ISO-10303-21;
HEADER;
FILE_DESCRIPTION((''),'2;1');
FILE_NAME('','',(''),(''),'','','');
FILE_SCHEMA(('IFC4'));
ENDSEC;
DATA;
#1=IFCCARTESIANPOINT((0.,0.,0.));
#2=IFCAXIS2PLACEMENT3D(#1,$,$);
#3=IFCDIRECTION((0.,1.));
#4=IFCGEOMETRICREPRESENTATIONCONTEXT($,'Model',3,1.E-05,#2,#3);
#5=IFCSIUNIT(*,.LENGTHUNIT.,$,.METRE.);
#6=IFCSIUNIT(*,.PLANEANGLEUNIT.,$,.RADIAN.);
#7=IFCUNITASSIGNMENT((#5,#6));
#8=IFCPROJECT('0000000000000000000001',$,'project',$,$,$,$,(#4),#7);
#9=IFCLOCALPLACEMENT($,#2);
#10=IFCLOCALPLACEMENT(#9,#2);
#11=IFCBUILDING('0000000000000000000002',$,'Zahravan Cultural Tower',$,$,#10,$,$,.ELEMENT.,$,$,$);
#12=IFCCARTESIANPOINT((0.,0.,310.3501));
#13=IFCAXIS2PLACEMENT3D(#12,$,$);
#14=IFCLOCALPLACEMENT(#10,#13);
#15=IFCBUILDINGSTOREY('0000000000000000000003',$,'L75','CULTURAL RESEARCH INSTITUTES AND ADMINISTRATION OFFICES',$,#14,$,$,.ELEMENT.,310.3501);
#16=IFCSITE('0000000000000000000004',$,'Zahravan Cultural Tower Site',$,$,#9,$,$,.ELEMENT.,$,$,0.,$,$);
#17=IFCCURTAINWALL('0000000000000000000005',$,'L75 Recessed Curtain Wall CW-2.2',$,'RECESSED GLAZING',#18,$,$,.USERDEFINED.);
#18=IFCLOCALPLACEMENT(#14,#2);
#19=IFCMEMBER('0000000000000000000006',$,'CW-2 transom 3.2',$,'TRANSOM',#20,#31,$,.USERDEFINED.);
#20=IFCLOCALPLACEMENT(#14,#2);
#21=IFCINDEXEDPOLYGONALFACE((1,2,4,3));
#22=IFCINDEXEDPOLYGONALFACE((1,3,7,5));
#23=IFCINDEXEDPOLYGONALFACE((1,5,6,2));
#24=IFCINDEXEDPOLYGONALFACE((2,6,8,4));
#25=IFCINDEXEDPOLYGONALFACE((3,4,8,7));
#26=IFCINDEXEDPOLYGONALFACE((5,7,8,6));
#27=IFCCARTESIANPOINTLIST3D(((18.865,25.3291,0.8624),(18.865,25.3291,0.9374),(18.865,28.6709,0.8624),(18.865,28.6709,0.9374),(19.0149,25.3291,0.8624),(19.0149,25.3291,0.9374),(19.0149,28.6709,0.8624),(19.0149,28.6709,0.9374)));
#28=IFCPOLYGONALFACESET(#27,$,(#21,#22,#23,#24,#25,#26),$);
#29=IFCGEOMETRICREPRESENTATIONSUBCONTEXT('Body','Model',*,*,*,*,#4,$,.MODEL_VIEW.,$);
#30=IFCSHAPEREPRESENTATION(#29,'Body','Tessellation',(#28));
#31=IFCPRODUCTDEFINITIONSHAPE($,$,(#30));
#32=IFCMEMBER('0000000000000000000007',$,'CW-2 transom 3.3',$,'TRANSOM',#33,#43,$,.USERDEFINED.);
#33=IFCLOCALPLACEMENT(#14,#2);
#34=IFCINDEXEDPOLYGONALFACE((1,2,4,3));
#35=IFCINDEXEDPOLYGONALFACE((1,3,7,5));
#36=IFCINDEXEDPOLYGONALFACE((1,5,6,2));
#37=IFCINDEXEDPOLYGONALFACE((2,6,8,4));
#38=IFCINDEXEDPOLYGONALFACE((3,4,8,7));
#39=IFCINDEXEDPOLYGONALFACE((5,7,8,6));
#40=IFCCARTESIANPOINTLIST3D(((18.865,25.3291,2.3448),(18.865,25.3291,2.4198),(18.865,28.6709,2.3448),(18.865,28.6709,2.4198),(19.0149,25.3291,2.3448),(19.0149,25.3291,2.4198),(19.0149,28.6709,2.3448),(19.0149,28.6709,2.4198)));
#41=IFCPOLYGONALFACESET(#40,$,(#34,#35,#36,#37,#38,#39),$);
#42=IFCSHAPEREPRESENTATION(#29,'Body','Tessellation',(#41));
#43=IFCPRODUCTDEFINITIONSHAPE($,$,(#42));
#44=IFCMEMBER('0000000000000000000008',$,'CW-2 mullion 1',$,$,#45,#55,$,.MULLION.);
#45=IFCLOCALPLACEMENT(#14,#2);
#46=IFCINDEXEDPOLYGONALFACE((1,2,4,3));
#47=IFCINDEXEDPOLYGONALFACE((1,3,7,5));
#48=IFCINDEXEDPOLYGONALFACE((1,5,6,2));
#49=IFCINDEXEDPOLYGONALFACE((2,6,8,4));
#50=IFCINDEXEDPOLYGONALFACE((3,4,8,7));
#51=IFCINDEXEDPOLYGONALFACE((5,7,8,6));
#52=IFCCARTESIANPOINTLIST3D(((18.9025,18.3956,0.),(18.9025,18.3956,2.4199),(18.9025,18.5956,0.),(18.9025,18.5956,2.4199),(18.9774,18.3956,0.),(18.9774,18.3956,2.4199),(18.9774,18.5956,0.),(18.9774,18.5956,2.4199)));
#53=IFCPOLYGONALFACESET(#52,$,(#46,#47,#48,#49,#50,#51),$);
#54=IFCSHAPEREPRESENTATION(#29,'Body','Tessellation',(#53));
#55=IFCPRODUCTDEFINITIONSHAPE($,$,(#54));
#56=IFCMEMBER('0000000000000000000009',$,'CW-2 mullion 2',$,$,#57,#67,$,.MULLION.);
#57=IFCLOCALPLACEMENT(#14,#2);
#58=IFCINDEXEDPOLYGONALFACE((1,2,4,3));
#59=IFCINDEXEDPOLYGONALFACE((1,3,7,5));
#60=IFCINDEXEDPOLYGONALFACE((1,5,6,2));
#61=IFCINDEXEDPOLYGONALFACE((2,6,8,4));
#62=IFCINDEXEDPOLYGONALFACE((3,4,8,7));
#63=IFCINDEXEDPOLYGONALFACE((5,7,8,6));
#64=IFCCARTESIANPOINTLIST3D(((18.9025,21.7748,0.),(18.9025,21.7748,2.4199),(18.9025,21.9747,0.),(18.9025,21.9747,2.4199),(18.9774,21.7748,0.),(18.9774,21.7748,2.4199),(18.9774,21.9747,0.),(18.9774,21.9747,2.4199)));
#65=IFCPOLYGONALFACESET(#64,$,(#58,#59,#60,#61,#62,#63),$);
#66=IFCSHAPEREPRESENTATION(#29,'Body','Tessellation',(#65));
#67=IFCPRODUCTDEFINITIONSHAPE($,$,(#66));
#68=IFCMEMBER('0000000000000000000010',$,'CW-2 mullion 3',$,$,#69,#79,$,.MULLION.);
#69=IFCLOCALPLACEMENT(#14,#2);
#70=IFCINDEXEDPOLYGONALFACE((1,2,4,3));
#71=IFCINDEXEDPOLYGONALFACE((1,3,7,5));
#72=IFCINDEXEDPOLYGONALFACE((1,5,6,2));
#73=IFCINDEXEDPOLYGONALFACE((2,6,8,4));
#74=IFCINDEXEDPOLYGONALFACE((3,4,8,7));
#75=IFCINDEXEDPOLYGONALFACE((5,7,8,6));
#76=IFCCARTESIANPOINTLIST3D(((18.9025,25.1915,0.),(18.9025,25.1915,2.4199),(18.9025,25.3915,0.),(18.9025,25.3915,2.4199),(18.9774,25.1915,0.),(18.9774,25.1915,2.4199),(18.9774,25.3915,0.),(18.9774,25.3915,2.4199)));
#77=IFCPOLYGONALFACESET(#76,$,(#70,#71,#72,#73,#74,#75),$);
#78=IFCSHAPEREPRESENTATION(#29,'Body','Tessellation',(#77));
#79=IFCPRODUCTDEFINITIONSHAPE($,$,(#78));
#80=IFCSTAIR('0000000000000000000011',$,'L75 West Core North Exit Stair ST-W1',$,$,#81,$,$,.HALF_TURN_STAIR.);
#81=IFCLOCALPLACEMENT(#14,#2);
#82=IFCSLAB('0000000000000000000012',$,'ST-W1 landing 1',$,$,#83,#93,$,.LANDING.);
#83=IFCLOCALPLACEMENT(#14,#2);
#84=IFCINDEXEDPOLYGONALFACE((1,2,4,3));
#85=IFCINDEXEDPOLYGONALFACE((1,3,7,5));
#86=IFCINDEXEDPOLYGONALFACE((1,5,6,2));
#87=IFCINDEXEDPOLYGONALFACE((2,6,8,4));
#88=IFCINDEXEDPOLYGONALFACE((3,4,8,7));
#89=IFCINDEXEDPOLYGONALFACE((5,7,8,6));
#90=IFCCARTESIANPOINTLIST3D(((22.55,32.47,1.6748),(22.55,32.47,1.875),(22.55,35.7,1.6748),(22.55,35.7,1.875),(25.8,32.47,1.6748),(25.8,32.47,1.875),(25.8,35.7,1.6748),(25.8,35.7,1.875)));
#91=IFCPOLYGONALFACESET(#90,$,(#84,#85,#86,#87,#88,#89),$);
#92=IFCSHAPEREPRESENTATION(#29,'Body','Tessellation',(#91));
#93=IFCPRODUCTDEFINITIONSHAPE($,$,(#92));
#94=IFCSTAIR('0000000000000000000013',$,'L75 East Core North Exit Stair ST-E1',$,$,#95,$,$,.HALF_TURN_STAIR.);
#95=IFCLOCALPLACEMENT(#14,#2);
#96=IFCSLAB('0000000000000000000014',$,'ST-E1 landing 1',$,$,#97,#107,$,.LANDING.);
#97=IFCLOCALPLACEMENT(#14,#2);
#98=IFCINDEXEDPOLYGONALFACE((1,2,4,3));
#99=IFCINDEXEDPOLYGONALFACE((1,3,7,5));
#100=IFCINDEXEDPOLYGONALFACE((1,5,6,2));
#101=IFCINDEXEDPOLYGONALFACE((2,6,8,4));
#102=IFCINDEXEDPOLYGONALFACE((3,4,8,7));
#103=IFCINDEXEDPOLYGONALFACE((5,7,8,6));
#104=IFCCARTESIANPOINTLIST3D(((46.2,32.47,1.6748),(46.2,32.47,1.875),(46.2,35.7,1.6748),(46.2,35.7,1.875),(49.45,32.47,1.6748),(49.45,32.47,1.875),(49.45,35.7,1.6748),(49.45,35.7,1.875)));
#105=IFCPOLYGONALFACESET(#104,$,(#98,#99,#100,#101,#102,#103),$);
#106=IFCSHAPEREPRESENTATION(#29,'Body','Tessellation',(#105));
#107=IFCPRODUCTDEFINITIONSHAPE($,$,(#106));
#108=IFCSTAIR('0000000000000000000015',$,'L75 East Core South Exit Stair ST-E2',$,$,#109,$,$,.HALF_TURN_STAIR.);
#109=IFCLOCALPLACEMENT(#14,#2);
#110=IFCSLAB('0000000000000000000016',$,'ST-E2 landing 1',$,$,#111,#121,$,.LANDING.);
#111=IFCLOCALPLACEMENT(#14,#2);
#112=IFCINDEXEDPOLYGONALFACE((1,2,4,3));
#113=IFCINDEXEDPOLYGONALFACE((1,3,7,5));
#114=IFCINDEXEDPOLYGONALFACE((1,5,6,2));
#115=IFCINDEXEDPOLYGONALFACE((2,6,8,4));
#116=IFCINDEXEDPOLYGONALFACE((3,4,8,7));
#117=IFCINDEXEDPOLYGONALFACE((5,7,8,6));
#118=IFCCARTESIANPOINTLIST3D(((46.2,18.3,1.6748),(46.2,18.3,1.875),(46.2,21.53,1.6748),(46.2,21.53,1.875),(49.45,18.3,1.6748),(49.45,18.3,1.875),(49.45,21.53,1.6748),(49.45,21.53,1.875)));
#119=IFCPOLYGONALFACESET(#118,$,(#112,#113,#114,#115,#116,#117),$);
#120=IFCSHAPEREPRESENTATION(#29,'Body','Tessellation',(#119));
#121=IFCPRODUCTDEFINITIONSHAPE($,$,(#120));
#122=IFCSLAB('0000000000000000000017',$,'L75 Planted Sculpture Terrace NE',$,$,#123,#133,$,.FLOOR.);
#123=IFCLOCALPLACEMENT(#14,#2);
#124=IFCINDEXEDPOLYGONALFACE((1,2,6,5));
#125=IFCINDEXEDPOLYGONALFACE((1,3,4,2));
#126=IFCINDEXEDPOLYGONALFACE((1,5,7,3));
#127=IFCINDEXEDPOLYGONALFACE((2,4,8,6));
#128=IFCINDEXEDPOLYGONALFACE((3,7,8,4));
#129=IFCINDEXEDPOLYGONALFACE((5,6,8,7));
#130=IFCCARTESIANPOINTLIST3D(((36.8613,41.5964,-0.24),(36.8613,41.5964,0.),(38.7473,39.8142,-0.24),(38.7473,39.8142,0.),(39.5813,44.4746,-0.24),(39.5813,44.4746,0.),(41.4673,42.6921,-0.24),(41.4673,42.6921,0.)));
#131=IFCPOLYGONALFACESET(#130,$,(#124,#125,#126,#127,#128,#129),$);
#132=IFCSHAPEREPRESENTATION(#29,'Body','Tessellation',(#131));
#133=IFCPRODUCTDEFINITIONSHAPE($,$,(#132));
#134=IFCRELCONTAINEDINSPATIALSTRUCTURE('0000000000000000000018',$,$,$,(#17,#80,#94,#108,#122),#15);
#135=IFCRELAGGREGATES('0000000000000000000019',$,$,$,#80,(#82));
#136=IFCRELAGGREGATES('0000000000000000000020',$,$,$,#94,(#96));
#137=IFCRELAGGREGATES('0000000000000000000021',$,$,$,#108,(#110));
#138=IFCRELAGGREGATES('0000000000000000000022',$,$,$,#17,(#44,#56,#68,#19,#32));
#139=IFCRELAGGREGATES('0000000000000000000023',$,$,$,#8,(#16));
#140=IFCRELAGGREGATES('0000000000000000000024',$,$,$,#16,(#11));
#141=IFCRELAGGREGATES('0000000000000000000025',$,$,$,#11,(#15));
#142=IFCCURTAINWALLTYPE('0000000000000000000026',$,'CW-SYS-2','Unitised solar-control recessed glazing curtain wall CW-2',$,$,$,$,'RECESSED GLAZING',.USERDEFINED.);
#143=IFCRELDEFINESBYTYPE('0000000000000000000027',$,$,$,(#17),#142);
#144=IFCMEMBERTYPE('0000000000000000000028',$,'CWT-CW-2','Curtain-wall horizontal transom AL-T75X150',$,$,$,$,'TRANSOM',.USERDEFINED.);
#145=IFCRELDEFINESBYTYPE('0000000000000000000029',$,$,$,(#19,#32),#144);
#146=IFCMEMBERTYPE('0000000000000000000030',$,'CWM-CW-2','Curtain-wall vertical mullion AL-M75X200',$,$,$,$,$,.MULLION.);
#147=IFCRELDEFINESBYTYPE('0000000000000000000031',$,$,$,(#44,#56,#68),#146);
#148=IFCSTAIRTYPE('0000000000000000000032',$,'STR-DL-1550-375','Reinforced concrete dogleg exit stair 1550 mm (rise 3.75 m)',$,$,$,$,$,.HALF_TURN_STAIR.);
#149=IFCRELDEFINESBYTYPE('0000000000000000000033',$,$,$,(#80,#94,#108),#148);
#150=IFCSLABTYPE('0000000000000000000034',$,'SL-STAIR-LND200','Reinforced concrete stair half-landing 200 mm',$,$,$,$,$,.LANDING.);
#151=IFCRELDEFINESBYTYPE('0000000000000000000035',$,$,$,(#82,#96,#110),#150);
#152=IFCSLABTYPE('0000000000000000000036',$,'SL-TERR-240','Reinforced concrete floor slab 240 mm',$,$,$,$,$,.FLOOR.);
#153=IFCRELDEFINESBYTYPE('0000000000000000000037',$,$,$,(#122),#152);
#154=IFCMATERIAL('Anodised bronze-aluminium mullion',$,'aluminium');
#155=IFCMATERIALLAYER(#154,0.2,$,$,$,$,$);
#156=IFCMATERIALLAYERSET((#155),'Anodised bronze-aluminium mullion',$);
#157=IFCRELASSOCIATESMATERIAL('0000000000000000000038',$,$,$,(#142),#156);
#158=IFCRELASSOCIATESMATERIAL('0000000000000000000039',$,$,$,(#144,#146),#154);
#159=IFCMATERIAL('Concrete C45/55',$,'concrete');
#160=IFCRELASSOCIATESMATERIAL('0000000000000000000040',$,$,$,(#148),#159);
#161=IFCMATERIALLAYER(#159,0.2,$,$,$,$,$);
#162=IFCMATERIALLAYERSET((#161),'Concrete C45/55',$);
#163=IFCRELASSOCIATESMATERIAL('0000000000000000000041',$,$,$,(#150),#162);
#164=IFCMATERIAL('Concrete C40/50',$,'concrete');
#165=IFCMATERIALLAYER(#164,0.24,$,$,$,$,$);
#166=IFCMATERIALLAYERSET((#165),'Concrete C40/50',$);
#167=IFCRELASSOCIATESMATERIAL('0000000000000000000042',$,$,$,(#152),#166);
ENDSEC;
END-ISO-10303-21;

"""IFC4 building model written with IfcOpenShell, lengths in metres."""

from ifc_helpers import new_model, si_unit, direction, frame, origin, origin_2d, place, context, subcontext, project, spatial, polyline, rectangle, outline, extrude, source, transform, mapped, material, layer, layer_set, material_profile, profile_set, type_object, element, aggregate, save


model = new_model("IFC4")

# Units and contexts
model_context = context("Model", 3, precision=1e-05, world=origin(), true_north=direction((0.0, 1.0)))
body_context = subcontext(model_context, "Body", "Model", "MODEL_VIEW")
ifc_project = project(units=[si_unit("LENGTHUNIT", "METRE"), si_unit("PLANEANGLEUNIT", "RADIAN")], contexts=[model_context])

# Site, building, storey
site_placement = place(None, origin())
site = spatial("IfcSite", under=ifc_project, at=site_placement, Name="Zahravan Cultural Tower Site", CompositionType="ELEMENT", RefElevation=0.0)
building_placement = place(site_placement, origin())
building = spatial("IfcBuilding", under=site, at=building_placement, Name="Zahravan Cultural Tower", CompositionType="ELEMENT")
storey_placement = place(building_placement, frame((0.0, 0.0, 310.3501)))
storey = spatial("IfcBuildingStorey", under=building, at=storey_placement, Name="L75", Description="CULTURAL RESEARCH INSTITUTES AND ADMINISTRATION OFFICES", CompositionType="ELEMENT", Elevation=310.3501)

# Curtain wall, members
ifc_material_1 = material(Name="Anodised bronze-aluminium mullion", Category="aluminium")
ifc_layer_1 = layer(ifc_material_1, 0.2)
ifc_layer_set_1 = layer_set([ifc_layer_1], Name="Anodised bronze-aluminium mullion")
curtain_wall_type = type_object("IfcCurtainWallType", Name="CW-SYS-2", Description="Unitised solar-control recessed glazing curtain wall CW-2", ElementType="RECESSED GLAZING", PredefinedType="USERDEFINED", material=ifc_layer_set_1)
curtain_wall_placement = place(storey_placement, origin())
curtain_wall = element("IfcCurtainWall", 1, at=curtain_wall_placement, inside=storey, type_object=curtain_wall_type, Name="L75 Recessed Curtain Wall CW-2.2", ObjectType="RECESSED GLAZING", PredefinedType="USERDEFINED")
ifc_material_profile_1 = material_profile(ifc_material_1, rectangle(XDim=0.1499, YDim=0.075, at=origin_2d()), Name="AL-T75X150")
ifc_profile_set_1 = profile_set([ifc_material_profile_1], Name="Anodised bronze-aluminium mullion")
member_type_1 = type_object("IfcMemberType", Name="CWT-CW-2", Description="Curtain-wall horizontal transom AL-T75X150", ElementType="TRANSOM", PredefinedType="USERDEFINED", material=ifc_profile_set_1)
shared_shape_1 = source(origin(), body_context, "Body", "SweptSolid", [
    extrude(rectangle(XDim=0.1499, YDim=0.075, at=origin_2d()), origin(), (0.0, 0.0, 1.0), 3.3418),
])
member_1_placement = place(storey_placement, frame((18.9399, 25.3291, 0.8999), z_axis=(0.0, 1.0, 0.0), x_axis=(-1.0, 0.0, 0.0)))
member_1 = element("IfcMember", 2, at=member_1_placement, type_object=member_type_1, Name="CW-2 transom 3.2", ObjectType="TRANSOM", PredefinedType="USERDEFINED", context=body_context, shape_type="MappedRepresentation", body=[
    mapped(shared_shape_1, transform((0.0, 0.0, 0.0), x_axis=(1.0, 0.0, 0.0), y_axis=(0.0, 1.0, 0.0), z_axis=(0.0, 0.0, 1.0), scale=1.0)),
])
member_2_placement = place(storey_placement, frame((18.9399, 25.3291, 2.3823), z_axis=(0.0, 1.0, 0.0), x_axis=(-1.0, 0.0, 0.0)))
member_2 = element("IfcMember", 3, at=member_2_placement, type_object=member_type_1, Name="CW-2 transom 3.3", ObjectType="TRANSOM", PredefinedType="USERDEFINED", context=body_context, shape_type="MappedRepresentation", body=[
    mapped(shared_shape_1, transform((0.0, 0.0, 0.0), x_axis=(1.0, 0.0, 0.0), y_axis=(0.0, 1.0, 0.0), z_axis=(0.0, 0.0, 1.0), scale=1.0)),
])
ifc_material_profile_2 = material_profile(ifc_material_1, rectangle(XDim=0.075, YDim=0.2, at=origin_2d()), Name="AL-M75X200")
ifc_profile_set_2 = profile_set([ifc_material_profile_2], Name="Anodised bronze-aluminium mullion")
member_type_2 = type_object("IfcMemberType", Name="CWM-CW-2", Description="Curtain-wall vertical mullion AL-M75X200", PredefinedType="MULLION", material=ifc_profile_set_2)
shared_shape_2 = source(origin(), body_context, "Body", "SweptSolid", [
    extrude(rectangle(XDim=0.075, YDim=0.2, at=origin_2d()), origin(), (0.0, 0.0, 1.0), 2.4199),
])
member_3_placement = place(storey_placement, frame((18.9399, 18.4956, 0.0), z_axis=(0.0, 0.0, 1.0), x_axis=(-1.0, 0.0, 0.0)))
member_3 = element("IfcMember", 4, at=member_3_placement, type_object=member_type_2, Name="CW-2 mullion 1", PredefinedType="MULLION", context=body_context, shape_type="MappedRepresentation", body=[
    mapped(shared_shape_2, transform((0.0, 0.0, 0.0), x_axis=(1.0, 0.0, 0.0), y_axis=(0.0, 1.0, 0.0), z_axis=(0.0, 0.0, 1.0), scale=1.0)),
])
member_4_placement = place(storey_placement, frame((18.9399, 21.8748, 0.0), z_axis=(0.0, 0.0, 1.0), x_axis=(-1.0, 0.0, 0.0)))
member_4 = element("IfcMember", 5, at=member_4_placement, type_object=member_type_2, Name="CW-2 mullion 2", PredefinedType="MULLION", context=body_context, shape_type="MappedRepresentation", body=[
    mapped(shared_shape_2, transform((0.0, 0.0, 0.0), x_axis=(1.0, 0.0, 0.0), y_axis=(0.0, 1.0, 0.0), z_axis=(0.0, 0.0, 1.0), scale=1.0)),
])
member_5_placement = place(storey_placement, frame((18.9399, 25.2915, 0.0), z_axis=(0.0, 0.0, 1.0), x_axis=(-1.0, 0.0, 0.0)))
member_5 = element("IfcMember", 6, at=member_5_placement, type_object=member_type_2, Name="CW-2 mullion 3", PredefinedType="MULLION", context=body_context, shape_type="MappedRepresentation", body=[
    mapped(shared_shape_2, transform((0.0, 0.0, 0.0), x_axis=(1.0, 0.0, 0.0), y_axis=(0.0, 1.0, 0.0), z_axis=(0.0, 0.0, 1.0), scale=1.0)),
])

# Stairs, slabs
ifc_material_2 = material(Name="Concrete C45/55", Category="concrete")
stair_type = type_object("IfcStairType", Name="STR-DL-1550-375", Description="Reinforced concrete dogleg exit stair 1550 mm (rise 3.75 m)", PredefinedType="HALF_TURN_STAIR", material=ifc_material_2)
stair_1_placement = place(storey_placement, origin())
stair_1 = element("IfcStair", 7, at=stair_1_placement, inside=storey, type_object=stair_type, Name="L75 West Core North Exit Stair ST-W1", PredefinedType="HALF_TURN_STAIR")
ifc_layer_2 = layer(ifc_material_2, 0.2)
ifc_layer_set_2 = layer_set([ifc_layer_2], Name="Concrete C45/55")
slab_type_1 = type_object("IfcSlabType", Name="SL-STAIR-LND200", Description="Reinforced concrete stair half-landing 200 mm", PredefinedType="LANDING", material=ifc_layer_set_2)
slab_1_placement = place(storey_placement, frame((0.0, 0.0, 1.6748)))
slab_1 = element("IfcSlab", 8, at=slab_1_placement, type_object=slab_type_1, Name="ST-W1 landing 1", PredefinedType="LANDING", context=body_context, shape_type="SweptSolid", body=[
    extrude(outline(polyline([(25.8, 32.47), (25.8, 35.7), (22.55, 35.7), (22.55, 32.47), (25.8, 32.47)])), origin(), (0.0, 0.0, 1.0), 0.2002),
])
aggregate(stair_1, [slab_1])
stair_2_placement = place(storey_placement, origin())
stair_2 = element("IfcStair", 9, at=stair_2_placement, inside=storey, type_object=stair_type, Name="L75 East Core North Exit Stair ST-E1", PredefinedType="HALF_TURN_STAIR")
slab_2_placement = place(storey_placement, frame((0.0, 0.0, 1.6748)))
slab_2 = element("IfcSlab", 10, at=slab_2_placement, type_object=slab_type_1, Name="ST-E1 landing 1", PredefinedType="LANDING", context=body_context, shape_type="SweptSolid", body=[
    extrude(outline(polyline([(49.45, 32.47), (49.45, 35.7), (46.2, 35.7), (46.2, 32.47), (49.45, 32.47)])), origin(), (0.0, 0.0, 1.0), 0.2002),
])
aggregate(stair_2, [slab_2])
stair_3_placement = place(storey_placement, origin())
stair_3 = element("IfcStair", 11, at=stair_3_placement, inside=storey, type_object=stair_type, Name="L75 East Core South Exit Stair ST-E2", PredefinedType="HALF_TURN_STAIR")
slab_3_placement = place(storey_placement, frame((0.0, 0.0, 1.6748)))
slab_3 = element("IfcSlab", 12, at=slab_3_placement, type_object=slab_type_1, Name="ST-E2 landing 1", PredefinedType="LANDING", context=body_context, shape_type="SweptSolid", body=[
    extrude(outline(polyline([(46.2, 21.53), (46.2, 18.3), (49.45, 18.3), (49.45, 21.53), (46.2, 21.53)])), origin(), (0.0, 0.0, 1.0), 0.2002),
])
aggregate(stair_3, [slab_3])

# Slab
ifc_material_3 = material(Name="Concrete C40/50", Category="concrete")
ifc_layer_3 = layer(ifc_material_3, 0.24)
ifc_layer_set_3 = layer_set([ifc_layer_3], Name="Concrete C40/50")
slab_type_2 = type_object("IfcSlabType", Name="SL-TERR-240", Description="Reinforced concrete floor slab 240 mm", PredefinedType="FLOOR", material=ifc_layer_set_3)
slab_4_placement = place(storey_placement, frame((0.0, 0.0, -0.24)))
element("IfcSlab", 13, at=slab_4_placement, inside=storey, type_object=slab_type_2, Name="L75 Planted Sculpture Terrace NE", PredefinedType="FLOOR", context=body_context, shape_type="SweptSolid", body=[
    extrude(outline(polyline([(36.8613, 41.5964), (38.7473, 39.8142), (41.4673, 42.6921), (39.5813, 44.4746), (36.8613, 41.5964)])), origin(), (0.0, 0.0, 1.0), 0.24),
])

aggregate(curtain_wall, [member_3, member_4, member_5, member_1, member_2])

save(model, "model.ifc")
